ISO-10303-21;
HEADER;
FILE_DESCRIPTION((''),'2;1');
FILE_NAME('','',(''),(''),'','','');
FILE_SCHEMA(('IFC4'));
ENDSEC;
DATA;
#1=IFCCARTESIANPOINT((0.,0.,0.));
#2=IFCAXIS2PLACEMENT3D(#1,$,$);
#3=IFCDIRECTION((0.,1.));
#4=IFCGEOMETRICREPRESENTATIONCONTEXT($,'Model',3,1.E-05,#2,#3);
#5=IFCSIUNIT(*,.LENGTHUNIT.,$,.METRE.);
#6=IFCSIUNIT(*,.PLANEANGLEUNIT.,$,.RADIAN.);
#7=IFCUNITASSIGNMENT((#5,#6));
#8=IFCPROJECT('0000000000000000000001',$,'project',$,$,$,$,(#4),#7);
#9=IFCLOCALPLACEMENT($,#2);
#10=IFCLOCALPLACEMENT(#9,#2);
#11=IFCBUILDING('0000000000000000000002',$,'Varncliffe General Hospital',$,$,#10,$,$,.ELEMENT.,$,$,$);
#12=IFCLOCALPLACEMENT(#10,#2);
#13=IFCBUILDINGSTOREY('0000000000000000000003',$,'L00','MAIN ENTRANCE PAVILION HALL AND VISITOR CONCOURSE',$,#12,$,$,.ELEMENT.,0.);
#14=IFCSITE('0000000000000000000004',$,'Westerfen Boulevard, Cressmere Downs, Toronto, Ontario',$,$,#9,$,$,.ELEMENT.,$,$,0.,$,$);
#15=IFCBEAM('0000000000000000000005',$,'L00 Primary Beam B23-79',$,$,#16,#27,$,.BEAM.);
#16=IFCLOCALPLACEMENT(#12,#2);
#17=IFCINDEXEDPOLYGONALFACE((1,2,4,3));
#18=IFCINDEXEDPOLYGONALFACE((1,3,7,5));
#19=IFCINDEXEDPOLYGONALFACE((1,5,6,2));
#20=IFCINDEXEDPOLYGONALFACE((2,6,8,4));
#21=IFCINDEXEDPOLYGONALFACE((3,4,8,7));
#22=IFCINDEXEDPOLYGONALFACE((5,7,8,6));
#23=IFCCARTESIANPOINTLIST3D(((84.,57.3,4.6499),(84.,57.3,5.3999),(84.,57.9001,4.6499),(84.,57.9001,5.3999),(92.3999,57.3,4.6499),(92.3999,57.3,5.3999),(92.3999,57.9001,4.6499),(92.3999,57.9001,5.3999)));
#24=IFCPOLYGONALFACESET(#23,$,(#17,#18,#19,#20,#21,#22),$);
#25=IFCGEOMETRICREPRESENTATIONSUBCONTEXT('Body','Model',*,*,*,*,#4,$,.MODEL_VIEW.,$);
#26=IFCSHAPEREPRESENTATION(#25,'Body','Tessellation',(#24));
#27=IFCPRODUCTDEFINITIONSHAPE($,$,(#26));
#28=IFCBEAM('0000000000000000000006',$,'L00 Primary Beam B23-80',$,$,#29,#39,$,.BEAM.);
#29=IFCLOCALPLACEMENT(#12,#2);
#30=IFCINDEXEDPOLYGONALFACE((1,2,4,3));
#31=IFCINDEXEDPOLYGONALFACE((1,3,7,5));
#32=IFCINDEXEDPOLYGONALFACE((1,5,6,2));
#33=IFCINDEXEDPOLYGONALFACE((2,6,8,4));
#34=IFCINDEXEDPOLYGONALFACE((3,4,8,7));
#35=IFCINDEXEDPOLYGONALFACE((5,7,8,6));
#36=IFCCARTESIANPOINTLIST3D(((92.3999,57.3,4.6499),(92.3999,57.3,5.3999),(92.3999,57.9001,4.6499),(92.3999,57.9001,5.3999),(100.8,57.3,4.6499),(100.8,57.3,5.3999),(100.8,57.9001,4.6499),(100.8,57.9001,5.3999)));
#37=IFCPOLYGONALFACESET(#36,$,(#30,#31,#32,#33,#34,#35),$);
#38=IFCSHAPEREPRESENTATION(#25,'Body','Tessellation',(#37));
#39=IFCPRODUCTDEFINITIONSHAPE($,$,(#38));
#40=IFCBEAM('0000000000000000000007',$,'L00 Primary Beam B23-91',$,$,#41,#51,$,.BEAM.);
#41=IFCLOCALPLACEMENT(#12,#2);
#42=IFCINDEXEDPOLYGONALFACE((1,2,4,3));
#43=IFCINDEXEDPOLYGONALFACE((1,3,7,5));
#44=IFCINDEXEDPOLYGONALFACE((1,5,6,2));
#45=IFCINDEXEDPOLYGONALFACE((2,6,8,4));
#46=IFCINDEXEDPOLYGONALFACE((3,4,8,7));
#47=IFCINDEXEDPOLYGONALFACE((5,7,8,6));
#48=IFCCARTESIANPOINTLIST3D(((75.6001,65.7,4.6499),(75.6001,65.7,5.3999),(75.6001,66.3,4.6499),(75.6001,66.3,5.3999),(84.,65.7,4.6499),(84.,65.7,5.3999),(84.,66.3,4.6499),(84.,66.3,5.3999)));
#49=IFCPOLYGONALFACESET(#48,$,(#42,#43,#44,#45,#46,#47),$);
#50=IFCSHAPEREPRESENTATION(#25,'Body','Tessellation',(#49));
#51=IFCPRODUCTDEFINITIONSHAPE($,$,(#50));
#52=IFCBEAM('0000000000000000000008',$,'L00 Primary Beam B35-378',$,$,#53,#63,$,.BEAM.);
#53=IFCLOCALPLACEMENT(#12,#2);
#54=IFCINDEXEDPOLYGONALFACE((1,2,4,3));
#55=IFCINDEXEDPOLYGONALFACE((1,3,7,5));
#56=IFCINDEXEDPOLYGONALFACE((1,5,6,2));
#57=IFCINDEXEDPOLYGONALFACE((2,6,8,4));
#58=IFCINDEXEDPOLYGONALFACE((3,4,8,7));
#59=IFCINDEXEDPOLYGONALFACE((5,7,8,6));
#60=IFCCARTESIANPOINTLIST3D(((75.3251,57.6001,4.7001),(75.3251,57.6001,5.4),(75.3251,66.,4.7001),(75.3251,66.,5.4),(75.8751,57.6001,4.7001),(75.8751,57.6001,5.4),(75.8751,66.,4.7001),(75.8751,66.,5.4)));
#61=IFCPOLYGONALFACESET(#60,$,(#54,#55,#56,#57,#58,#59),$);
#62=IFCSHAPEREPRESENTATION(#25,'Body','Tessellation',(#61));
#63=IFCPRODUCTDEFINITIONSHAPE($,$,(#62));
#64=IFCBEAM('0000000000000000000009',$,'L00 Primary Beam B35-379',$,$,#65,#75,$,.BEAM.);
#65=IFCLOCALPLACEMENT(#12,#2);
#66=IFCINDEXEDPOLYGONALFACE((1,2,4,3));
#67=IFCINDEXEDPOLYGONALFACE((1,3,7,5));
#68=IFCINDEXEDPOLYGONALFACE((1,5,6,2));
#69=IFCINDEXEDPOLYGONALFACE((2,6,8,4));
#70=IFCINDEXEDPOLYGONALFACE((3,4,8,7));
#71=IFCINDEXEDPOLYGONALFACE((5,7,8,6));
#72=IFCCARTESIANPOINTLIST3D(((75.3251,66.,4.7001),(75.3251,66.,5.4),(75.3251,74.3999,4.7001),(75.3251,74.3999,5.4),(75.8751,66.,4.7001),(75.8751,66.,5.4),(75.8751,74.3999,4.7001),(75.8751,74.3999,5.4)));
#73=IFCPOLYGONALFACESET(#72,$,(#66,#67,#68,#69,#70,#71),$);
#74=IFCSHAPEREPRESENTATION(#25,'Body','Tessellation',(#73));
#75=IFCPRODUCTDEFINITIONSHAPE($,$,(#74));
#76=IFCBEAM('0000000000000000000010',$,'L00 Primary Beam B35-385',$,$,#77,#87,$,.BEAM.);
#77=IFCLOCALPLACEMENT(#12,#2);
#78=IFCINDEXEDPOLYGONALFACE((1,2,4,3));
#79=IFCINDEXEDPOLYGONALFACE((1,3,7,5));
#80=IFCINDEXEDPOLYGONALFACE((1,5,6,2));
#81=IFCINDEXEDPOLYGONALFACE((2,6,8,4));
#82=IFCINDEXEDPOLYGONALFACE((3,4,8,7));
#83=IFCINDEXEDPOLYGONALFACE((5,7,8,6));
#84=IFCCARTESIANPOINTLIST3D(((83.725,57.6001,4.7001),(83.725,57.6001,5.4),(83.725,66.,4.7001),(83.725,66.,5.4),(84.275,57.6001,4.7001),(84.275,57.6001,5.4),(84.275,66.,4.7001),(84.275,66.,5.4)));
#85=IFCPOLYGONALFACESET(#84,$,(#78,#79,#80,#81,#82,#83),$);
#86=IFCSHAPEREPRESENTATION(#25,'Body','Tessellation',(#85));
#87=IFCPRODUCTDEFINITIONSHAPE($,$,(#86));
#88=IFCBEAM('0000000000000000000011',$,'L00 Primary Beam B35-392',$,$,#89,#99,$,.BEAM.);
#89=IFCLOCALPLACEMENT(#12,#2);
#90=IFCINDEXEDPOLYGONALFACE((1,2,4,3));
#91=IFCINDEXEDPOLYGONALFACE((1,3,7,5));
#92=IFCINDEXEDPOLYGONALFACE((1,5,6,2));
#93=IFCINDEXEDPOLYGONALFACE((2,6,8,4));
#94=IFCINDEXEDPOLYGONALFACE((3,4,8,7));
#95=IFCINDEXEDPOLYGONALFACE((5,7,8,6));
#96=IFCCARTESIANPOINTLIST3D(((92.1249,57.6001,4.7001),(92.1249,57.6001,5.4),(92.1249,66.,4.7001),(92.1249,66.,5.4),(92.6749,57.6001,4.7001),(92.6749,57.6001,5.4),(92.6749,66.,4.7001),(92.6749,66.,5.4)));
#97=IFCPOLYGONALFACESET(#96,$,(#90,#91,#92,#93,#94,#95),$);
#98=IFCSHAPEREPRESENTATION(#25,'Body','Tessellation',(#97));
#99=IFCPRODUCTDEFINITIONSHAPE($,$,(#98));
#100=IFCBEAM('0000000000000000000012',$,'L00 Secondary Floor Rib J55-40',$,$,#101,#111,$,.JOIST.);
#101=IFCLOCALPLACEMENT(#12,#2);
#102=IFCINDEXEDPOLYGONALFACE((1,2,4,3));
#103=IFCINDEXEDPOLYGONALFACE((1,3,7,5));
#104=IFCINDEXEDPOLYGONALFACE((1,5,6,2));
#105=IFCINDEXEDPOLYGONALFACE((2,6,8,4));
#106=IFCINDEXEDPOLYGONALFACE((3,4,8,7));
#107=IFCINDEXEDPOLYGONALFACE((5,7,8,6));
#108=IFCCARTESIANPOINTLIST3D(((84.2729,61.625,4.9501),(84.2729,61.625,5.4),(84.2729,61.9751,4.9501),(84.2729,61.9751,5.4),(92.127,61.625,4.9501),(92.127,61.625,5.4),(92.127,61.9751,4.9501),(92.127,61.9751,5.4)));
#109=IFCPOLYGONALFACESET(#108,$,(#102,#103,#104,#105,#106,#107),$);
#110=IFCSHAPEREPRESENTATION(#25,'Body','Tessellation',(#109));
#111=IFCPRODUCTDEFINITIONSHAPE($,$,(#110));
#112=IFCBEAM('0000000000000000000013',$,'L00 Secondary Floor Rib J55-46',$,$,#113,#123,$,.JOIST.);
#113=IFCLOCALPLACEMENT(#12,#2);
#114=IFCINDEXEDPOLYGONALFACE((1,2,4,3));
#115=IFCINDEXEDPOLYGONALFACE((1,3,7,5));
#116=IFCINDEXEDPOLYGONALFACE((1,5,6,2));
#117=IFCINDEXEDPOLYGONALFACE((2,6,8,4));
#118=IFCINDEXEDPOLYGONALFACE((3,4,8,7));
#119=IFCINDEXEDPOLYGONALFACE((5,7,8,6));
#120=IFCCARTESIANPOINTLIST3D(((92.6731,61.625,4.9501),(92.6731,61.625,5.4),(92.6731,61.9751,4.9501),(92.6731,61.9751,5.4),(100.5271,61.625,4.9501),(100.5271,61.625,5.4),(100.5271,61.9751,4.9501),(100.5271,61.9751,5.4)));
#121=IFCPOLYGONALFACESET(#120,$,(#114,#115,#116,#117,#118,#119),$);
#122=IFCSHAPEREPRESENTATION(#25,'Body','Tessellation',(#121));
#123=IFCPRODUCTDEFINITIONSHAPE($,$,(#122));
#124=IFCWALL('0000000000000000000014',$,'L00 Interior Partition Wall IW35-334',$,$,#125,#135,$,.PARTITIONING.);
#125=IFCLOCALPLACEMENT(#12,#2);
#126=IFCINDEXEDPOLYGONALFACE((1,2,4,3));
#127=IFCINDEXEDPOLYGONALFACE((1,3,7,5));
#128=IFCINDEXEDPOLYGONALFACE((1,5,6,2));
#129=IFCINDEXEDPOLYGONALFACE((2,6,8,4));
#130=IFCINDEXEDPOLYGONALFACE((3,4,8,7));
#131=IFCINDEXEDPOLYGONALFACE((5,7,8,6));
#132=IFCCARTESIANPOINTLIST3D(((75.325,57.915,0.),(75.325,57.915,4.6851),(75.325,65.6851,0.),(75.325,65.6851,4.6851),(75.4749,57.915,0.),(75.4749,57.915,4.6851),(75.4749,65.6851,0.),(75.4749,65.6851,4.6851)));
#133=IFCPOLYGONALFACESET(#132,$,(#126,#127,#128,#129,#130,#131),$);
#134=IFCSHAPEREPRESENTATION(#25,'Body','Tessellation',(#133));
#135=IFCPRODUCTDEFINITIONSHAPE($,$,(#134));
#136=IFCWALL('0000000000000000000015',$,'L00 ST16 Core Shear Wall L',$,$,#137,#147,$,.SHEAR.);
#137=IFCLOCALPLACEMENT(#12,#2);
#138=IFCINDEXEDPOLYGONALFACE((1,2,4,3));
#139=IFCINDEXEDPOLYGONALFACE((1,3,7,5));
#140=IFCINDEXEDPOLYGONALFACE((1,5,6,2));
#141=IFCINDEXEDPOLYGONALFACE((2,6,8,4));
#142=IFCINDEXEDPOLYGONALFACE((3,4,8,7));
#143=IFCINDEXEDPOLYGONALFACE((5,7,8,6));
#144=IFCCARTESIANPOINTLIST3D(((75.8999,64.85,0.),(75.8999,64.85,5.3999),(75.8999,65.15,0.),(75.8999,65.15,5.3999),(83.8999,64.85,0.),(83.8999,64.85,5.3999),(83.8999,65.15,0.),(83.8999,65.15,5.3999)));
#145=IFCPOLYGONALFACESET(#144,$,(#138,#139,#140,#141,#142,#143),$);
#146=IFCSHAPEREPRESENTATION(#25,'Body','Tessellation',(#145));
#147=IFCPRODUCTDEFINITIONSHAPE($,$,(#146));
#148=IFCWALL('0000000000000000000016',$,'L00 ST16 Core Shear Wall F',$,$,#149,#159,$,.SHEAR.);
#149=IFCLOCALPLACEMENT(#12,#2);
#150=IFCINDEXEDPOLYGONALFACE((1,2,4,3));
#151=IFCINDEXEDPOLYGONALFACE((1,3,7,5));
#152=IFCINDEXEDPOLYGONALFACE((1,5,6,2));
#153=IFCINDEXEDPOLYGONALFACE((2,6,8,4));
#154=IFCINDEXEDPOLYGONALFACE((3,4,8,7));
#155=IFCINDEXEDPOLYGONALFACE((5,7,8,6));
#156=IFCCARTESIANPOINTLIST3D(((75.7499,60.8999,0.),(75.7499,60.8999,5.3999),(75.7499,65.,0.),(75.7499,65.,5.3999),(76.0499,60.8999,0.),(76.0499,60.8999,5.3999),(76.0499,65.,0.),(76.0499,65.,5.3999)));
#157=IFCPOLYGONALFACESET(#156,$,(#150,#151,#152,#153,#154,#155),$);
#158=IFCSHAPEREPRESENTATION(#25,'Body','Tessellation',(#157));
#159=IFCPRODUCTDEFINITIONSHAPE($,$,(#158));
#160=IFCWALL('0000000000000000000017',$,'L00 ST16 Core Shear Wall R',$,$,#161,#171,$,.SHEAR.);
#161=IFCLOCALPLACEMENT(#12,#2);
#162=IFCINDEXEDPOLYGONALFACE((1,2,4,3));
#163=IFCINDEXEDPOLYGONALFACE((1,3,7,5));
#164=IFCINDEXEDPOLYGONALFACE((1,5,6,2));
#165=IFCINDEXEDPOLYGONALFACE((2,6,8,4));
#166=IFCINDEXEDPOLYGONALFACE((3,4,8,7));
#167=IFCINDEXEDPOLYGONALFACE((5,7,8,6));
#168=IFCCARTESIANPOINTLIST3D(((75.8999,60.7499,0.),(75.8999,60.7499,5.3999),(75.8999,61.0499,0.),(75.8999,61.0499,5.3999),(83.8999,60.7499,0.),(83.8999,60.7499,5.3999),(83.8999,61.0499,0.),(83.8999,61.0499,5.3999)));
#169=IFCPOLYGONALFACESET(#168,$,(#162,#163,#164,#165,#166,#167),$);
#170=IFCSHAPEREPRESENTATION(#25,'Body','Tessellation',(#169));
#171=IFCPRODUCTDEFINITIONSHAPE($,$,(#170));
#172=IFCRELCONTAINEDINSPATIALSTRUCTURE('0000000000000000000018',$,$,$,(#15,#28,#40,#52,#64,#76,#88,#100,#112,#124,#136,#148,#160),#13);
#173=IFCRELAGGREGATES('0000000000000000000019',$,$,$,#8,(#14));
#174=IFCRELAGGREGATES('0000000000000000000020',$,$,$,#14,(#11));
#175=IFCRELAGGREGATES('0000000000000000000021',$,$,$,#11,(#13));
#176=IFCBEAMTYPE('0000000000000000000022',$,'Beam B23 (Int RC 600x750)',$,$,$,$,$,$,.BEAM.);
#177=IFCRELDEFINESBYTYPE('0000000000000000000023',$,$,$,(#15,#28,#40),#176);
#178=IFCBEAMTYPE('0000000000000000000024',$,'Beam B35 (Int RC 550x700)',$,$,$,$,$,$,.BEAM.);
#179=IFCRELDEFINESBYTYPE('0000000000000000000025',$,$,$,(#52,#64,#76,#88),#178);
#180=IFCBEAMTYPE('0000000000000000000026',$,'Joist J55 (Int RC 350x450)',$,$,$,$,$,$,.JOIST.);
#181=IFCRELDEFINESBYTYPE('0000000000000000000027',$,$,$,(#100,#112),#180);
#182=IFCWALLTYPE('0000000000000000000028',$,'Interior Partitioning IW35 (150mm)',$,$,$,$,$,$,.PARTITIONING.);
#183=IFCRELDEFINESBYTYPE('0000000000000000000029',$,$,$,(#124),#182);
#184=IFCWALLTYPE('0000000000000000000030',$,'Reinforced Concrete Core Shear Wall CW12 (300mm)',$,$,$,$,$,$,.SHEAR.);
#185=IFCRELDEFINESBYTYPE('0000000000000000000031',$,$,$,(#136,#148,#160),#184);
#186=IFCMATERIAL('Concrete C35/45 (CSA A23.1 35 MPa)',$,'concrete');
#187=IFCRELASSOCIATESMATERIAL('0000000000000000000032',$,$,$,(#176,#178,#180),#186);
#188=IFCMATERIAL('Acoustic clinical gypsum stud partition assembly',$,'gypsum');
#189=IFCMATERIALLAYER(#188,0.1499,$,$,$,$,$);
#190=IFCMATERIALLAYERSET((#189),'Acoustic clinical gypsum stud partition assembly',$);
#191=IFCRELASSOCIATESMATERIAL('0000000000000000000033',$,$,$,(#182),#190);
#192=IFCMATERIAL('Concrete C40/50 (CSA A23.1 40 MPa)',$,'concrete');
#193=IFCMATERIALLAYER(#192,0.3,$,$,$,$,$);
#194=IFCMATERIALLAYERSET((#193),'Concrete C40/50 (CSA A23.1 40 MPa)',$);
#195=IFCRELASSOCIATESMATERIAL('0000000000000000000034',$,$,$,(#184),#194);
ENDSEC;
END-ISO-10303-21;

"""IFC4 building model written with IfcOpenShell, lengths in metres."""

from ifc_helpers import new_model, si_unit, direction, frame, frame_2d, origin, origin_2d, place, context, subcontext, project, spatial, rectangle, extrude, material, layer, layer_set, material_profile, profile_set, type_object, element, save


model = new_model("IFC4")

# Units and contexts
model_context = context("Model", 3, precision=1e-05, world=origin(), true_north=direction((0.0, 1.0)))
body_context = subcontext(model_context, "Body", "Model", "MODEL_VIEW")
ifc_project = project(units=[si_unit("LENGTHUNIT", "METRE"), si_unit("PLANEANGLEUNIT", "RADIAN")], contexts=[model_context])

# Site, building, storey
site_placement = place(None, origin())
site = spatial("IfcSite", under=ifc_project, at=site_placement, Name="Westerfen Boulevard, Cressmere Downs, Toronto, Ontario", CompositionType="ELEMENT", RefElevation=0.0)
building_placement = place(site_placement, origin())
building = spatial("IfcBuilding", under=site, at=building_placement, Name="Varncliffe General Hospital", CompositionType="ELEMENT")
storey_placement = place(building_placement, origin())
storey = spatial("IfcBuildingStorey", under=building, at=storey_placement, Name="L00", Description="MAIN ENTRANCE PAVILION HALL AND VISITOR CONCOURSE", CompositionType="ELEMENT", Elevation=0.0)

# Shared definitions
ifc_material_1 = material(Name="Concrete C40/50 (CSA A23.1 40 MPa)", Category="concrete")

# Beams
ifc_material_2 = material(Name="Concrete C35/45 (CSA A23.1 35 MPa)", Category="concrete")
ifc_material_profile_1 = material_profile(ifc_material_2, rectangle(XDim=0.6001, YDim=0.75, at=origin_2d()), Name="RC 600x750")
ifc_profile_set_1 = profile_set([ifc_material_profile_1], Name="Concrete C35/45 (CSA A23.1 35 MPa)")
beam_type_1 = type_object("IfcBeamType", Name="Beam B23 (Int RC 600x750)", PredefinedType="BEAM", material=ifc_profile_set_1)
for number, where, z_axis, x_axis, name in (
    (1, (84.0, 57.6001, 5.0249), (1.0, 0.0, 0.0), (0.0, 1.0, 0.0), "L00 Primary Beam B23-79"),
):
    element("IfcBeam", number, at=place(storey_placement, frame(where, z_axis=z_axis, x_axis=x_axis)), inside=storey, type_object=beam_type_1, Name=name, PredefinedType="BEAM", context=body_context, shape_type="SweptSolid", body=[
        extrude(rectangle(XDim=0.6001, YDim=0.75, at=origin_2d()), origin(), (0.0, 0.0, 1.0), 8.3999),
    ])
beam_1_placement = place(storey_placement, frame((92.3999, 57.6001, 5.0249), z_axis=(1.0, 0.0, 0.0), x_axis=(0.0, 1.0, 0.0)))
element("IfcBeam", 2, at=beam_1_placement, inside=storey, type_object=beam_type_1, Name="L00 Primary Beam B23-80", PredefinedType="BEAM", context=body_context, shape_type="SweptSolid", body=[
    extrude(rectangle(XDim=0.6001, YDim=0.75, at=origin_2d()), origin(), (0.0, 0.0, 1.0), 8.4001),
])
beam_2_placement = place(storey_placement, frame((75.6001, 66.0, 5.0249), z_axis=(1.0, 0.0, 0.0), x_axis=(0.0, 1.0, 0.0)))
element("IfcBeam", 3, at=beam_2_placement, inside=storey, type_object=beam_type_1, Name="L00 Primary Beam B23-91", PredefinedType="BEAM", context=body_context, shape_type="SweptSolid", body=[
    extrude(rectangle(XDim=0.6001, YDim=0.75, at=origin_2d()), origin(), (0.0, 0.0, 1.0), 8.3999),
])
ifc_material_profile_2 = material_profile(ifc_material_2, rectangle(XDim=0.55, YDim=0.7, at=origin_2d()), Name="RC 550x700")
ifc_profile_set_2 = profile_set([ifc_material_profile_2], Name="Concrete C35/45 (CSA A23.1 35 MPa)")
beam_type_2 = type_object("IfcBeamType", Name="Beam B35 (Int RC 550x700)", PredefinedType="BEAM", material=ifc_profile_set_2)
for number, where, z_axis, x_axis, name in (
    (4, (75.6001, 57.6001, 5.05), (0.0, 1.0, 0.0), (-1.0, 0.0, 0.0), "L00 Primary Beam B35-378"),
    (5, (75.6001, 66.0, 5.05), (0.0, 1.0, 0.0), (-1.0, 0.0, 0.0), "L00 Primary Beam B35-379"),
    (6, (84.0, 57.6001, 5.05), (0.0, 1.0, 0.0), (-1.0, 0.0, 0.0), "L00 Primary Beam B35-385"),
    (7, (92.3999, 57.6001, 5.05), (0.0, 1.0, 0.0), (-1.0, 0.0, 0.0), "L00 Primary Beam B35-392"),
):
    element("IfcBeam", number, at=place(storey_placement, frame(where, z_axis=z_axis, x_axis=x_axis)), inside=storey, type_object=beam_type_2, Name=name, PredefinedType="BEAM", context=body_context, shape_type="SweptSolid", body=[
        extrude(rectangle(XDim=0.55, YDim=0.7, at=origin_2d()), origin(), (0.0, 0.0, 1.0), 8.3999),
    ])
ifc_material_profile_3 = material_profile(ifc_material_2, rectangle(XDim=0.3501, YDim=0.45, at=origin_2d()), Name="RC 350x450")
ifc_profile_set_3 = profile_set([ifc_material_profile_3], Name="Concrete C35/45 (CSA A23.1 35 MPa)")
beam_type_3 = type_object("IfcBeamType", Name="Joist J55 (Int RC 350x450)", PredefinedType="JOIST", material=ifc_profile_set_3)
for number, where, z_axis, x_axis, name in (
    (8, (84.2729, 61.8, 5.175), (1.0, 0.0, 0.0), (0.0, 1.0, 0.0), "L00 Secondary Floor Rib J55-40"),
    (9, (92.6731, 61.8, 5.175), (1.0, 0.0, 0.0), (0.0, 1.0, 0.0), "L00 Secondary Floor Rib J55-46"),
):
    element("IfcBeam", number, at=place(storey_placement, frame(where, z_axis=z_axis, x_axis=x_axis)), inside=storey, type_object=beam_type_3, Name=name, PredefinedType="JOIST", context=body_context, shape_type="SweptSolid", body=[
        extrude(rectangle(XDim=0.3501, YDim=0.45, at=origin_2d()), origin(), (0.0, 0.0, 1.0), 7.854),
    ])

# Walls
ifc_material_3 = material(Name="Acoustic clinical gypsum stud partition assembly", Category="gypsum")
ifc_layer_1 = layer(ifc_material_3, 0.1499)
ifc_layer_set_1 = layer_set([ifc_layer_1], Name="Acoustic clinical gypsum stud partition assembly")
wall_type_1 = type_object("IfcWallType", Name="Interior Partitioning IW35 (150mm)", PredefinedType="PARTITIONING", material=ifc_layer_set_1)
wall_1_placement = place(storey_placement, frame((75.3999, 57.915, 0.0), z_axis=(0.0, 0.0, 1.0), x_axis=(0.0, 1.0, 0.0)))
element("IfcWall", 10, at=wall_1_placement, inside=storey, type_object=wall_type_1, Name="L00 Interior Partition Wall IW35-334", PredefinedType="PARTITIONING", context=body_context, shape_type="SweptSolid", body=[
    extrude(rectangle(XDim=7.77, YDim=0.1499, at=frame_2d((3.885, 0.0))), origin(), (0.0, 0.0, 1.0), 4.6851),
])
ifc_layer_2 = layer(ifc_material_1, 0.3)
ifc_layer_set_2 = layer_set([ifc_layer_2], Name="Concrete C40/50 (CSA A23.1 40 MPa)")
wall_type_2 = type_object("IfcWallType", Name="Reinforced Concrete Core Shear Wall CW12 (300mm)", PredefinedType="SHEAR", material=ifc_layer_set_2)
wall_2_placement = place(storey_placement, frame((83.8999, 65.0, 0.0), z_axis=(0.0, 0.0, 1.0), x_axis=(-1.0, 0.0, 0.0)))
element("IfcWall", 11, at=wall_2_placement, inside=storey, type_object=wall_type_2, Name="L00 ST16 Core Shear Wall L", PredefinedType="SHEAR", context=body_context, shape_type="SweptSolid", body=[
    extrude(rectangle(XDim=8.0, YDim=0.3, at=frame_2d((4.0, 0.0))), origin(), (0.0, 0.0, 1.0), 5.3999),
])
wall_3_placement = place(storey_placement, frame((75.8999, 65.0, 0.0), z_axis=(0.0, 0.0, 1.0), x_axis=(0.0, -1.0, 0.0)))
element("IfcWall", 12, at=wall_3_placement, inside=storey, type_object=wall_type_2, Name="L00 ST16 Core Shear Wall F", PredefinedType="SHEAR", context=body_context, shape_type="SweptSolid", body=[
    extrude(rectangle(XDim=4.1001, YDim=0.3, at=frame_2d((2.05, 0.0))), origin(), (0.0, 0.0, 1.0), 5.3999),
])
wall_4_placement = place(storey_placement, frame((75.8999, 60.8999, 0.0), z_axis=(0.0, 0.0, 1.0), x_axis=(1.0, 0.0, 0.0)))
element("IfcWall", 13, at=wall_4_placement, inside=storey, type_object=wall_type_2, Name="L00 ST16 Core Shear Wall R", PredefinedType="SHEAR", context=body_context, shape_type="SweptSolid", body=[
    extrude(rectangle(XDim=8.0, YDim=0.3, at=frame_2d((4.0, 0.0))), origin(), (0.0, 0.0, 1.0), 5.3999),
])

save(model, "model.ifc")
